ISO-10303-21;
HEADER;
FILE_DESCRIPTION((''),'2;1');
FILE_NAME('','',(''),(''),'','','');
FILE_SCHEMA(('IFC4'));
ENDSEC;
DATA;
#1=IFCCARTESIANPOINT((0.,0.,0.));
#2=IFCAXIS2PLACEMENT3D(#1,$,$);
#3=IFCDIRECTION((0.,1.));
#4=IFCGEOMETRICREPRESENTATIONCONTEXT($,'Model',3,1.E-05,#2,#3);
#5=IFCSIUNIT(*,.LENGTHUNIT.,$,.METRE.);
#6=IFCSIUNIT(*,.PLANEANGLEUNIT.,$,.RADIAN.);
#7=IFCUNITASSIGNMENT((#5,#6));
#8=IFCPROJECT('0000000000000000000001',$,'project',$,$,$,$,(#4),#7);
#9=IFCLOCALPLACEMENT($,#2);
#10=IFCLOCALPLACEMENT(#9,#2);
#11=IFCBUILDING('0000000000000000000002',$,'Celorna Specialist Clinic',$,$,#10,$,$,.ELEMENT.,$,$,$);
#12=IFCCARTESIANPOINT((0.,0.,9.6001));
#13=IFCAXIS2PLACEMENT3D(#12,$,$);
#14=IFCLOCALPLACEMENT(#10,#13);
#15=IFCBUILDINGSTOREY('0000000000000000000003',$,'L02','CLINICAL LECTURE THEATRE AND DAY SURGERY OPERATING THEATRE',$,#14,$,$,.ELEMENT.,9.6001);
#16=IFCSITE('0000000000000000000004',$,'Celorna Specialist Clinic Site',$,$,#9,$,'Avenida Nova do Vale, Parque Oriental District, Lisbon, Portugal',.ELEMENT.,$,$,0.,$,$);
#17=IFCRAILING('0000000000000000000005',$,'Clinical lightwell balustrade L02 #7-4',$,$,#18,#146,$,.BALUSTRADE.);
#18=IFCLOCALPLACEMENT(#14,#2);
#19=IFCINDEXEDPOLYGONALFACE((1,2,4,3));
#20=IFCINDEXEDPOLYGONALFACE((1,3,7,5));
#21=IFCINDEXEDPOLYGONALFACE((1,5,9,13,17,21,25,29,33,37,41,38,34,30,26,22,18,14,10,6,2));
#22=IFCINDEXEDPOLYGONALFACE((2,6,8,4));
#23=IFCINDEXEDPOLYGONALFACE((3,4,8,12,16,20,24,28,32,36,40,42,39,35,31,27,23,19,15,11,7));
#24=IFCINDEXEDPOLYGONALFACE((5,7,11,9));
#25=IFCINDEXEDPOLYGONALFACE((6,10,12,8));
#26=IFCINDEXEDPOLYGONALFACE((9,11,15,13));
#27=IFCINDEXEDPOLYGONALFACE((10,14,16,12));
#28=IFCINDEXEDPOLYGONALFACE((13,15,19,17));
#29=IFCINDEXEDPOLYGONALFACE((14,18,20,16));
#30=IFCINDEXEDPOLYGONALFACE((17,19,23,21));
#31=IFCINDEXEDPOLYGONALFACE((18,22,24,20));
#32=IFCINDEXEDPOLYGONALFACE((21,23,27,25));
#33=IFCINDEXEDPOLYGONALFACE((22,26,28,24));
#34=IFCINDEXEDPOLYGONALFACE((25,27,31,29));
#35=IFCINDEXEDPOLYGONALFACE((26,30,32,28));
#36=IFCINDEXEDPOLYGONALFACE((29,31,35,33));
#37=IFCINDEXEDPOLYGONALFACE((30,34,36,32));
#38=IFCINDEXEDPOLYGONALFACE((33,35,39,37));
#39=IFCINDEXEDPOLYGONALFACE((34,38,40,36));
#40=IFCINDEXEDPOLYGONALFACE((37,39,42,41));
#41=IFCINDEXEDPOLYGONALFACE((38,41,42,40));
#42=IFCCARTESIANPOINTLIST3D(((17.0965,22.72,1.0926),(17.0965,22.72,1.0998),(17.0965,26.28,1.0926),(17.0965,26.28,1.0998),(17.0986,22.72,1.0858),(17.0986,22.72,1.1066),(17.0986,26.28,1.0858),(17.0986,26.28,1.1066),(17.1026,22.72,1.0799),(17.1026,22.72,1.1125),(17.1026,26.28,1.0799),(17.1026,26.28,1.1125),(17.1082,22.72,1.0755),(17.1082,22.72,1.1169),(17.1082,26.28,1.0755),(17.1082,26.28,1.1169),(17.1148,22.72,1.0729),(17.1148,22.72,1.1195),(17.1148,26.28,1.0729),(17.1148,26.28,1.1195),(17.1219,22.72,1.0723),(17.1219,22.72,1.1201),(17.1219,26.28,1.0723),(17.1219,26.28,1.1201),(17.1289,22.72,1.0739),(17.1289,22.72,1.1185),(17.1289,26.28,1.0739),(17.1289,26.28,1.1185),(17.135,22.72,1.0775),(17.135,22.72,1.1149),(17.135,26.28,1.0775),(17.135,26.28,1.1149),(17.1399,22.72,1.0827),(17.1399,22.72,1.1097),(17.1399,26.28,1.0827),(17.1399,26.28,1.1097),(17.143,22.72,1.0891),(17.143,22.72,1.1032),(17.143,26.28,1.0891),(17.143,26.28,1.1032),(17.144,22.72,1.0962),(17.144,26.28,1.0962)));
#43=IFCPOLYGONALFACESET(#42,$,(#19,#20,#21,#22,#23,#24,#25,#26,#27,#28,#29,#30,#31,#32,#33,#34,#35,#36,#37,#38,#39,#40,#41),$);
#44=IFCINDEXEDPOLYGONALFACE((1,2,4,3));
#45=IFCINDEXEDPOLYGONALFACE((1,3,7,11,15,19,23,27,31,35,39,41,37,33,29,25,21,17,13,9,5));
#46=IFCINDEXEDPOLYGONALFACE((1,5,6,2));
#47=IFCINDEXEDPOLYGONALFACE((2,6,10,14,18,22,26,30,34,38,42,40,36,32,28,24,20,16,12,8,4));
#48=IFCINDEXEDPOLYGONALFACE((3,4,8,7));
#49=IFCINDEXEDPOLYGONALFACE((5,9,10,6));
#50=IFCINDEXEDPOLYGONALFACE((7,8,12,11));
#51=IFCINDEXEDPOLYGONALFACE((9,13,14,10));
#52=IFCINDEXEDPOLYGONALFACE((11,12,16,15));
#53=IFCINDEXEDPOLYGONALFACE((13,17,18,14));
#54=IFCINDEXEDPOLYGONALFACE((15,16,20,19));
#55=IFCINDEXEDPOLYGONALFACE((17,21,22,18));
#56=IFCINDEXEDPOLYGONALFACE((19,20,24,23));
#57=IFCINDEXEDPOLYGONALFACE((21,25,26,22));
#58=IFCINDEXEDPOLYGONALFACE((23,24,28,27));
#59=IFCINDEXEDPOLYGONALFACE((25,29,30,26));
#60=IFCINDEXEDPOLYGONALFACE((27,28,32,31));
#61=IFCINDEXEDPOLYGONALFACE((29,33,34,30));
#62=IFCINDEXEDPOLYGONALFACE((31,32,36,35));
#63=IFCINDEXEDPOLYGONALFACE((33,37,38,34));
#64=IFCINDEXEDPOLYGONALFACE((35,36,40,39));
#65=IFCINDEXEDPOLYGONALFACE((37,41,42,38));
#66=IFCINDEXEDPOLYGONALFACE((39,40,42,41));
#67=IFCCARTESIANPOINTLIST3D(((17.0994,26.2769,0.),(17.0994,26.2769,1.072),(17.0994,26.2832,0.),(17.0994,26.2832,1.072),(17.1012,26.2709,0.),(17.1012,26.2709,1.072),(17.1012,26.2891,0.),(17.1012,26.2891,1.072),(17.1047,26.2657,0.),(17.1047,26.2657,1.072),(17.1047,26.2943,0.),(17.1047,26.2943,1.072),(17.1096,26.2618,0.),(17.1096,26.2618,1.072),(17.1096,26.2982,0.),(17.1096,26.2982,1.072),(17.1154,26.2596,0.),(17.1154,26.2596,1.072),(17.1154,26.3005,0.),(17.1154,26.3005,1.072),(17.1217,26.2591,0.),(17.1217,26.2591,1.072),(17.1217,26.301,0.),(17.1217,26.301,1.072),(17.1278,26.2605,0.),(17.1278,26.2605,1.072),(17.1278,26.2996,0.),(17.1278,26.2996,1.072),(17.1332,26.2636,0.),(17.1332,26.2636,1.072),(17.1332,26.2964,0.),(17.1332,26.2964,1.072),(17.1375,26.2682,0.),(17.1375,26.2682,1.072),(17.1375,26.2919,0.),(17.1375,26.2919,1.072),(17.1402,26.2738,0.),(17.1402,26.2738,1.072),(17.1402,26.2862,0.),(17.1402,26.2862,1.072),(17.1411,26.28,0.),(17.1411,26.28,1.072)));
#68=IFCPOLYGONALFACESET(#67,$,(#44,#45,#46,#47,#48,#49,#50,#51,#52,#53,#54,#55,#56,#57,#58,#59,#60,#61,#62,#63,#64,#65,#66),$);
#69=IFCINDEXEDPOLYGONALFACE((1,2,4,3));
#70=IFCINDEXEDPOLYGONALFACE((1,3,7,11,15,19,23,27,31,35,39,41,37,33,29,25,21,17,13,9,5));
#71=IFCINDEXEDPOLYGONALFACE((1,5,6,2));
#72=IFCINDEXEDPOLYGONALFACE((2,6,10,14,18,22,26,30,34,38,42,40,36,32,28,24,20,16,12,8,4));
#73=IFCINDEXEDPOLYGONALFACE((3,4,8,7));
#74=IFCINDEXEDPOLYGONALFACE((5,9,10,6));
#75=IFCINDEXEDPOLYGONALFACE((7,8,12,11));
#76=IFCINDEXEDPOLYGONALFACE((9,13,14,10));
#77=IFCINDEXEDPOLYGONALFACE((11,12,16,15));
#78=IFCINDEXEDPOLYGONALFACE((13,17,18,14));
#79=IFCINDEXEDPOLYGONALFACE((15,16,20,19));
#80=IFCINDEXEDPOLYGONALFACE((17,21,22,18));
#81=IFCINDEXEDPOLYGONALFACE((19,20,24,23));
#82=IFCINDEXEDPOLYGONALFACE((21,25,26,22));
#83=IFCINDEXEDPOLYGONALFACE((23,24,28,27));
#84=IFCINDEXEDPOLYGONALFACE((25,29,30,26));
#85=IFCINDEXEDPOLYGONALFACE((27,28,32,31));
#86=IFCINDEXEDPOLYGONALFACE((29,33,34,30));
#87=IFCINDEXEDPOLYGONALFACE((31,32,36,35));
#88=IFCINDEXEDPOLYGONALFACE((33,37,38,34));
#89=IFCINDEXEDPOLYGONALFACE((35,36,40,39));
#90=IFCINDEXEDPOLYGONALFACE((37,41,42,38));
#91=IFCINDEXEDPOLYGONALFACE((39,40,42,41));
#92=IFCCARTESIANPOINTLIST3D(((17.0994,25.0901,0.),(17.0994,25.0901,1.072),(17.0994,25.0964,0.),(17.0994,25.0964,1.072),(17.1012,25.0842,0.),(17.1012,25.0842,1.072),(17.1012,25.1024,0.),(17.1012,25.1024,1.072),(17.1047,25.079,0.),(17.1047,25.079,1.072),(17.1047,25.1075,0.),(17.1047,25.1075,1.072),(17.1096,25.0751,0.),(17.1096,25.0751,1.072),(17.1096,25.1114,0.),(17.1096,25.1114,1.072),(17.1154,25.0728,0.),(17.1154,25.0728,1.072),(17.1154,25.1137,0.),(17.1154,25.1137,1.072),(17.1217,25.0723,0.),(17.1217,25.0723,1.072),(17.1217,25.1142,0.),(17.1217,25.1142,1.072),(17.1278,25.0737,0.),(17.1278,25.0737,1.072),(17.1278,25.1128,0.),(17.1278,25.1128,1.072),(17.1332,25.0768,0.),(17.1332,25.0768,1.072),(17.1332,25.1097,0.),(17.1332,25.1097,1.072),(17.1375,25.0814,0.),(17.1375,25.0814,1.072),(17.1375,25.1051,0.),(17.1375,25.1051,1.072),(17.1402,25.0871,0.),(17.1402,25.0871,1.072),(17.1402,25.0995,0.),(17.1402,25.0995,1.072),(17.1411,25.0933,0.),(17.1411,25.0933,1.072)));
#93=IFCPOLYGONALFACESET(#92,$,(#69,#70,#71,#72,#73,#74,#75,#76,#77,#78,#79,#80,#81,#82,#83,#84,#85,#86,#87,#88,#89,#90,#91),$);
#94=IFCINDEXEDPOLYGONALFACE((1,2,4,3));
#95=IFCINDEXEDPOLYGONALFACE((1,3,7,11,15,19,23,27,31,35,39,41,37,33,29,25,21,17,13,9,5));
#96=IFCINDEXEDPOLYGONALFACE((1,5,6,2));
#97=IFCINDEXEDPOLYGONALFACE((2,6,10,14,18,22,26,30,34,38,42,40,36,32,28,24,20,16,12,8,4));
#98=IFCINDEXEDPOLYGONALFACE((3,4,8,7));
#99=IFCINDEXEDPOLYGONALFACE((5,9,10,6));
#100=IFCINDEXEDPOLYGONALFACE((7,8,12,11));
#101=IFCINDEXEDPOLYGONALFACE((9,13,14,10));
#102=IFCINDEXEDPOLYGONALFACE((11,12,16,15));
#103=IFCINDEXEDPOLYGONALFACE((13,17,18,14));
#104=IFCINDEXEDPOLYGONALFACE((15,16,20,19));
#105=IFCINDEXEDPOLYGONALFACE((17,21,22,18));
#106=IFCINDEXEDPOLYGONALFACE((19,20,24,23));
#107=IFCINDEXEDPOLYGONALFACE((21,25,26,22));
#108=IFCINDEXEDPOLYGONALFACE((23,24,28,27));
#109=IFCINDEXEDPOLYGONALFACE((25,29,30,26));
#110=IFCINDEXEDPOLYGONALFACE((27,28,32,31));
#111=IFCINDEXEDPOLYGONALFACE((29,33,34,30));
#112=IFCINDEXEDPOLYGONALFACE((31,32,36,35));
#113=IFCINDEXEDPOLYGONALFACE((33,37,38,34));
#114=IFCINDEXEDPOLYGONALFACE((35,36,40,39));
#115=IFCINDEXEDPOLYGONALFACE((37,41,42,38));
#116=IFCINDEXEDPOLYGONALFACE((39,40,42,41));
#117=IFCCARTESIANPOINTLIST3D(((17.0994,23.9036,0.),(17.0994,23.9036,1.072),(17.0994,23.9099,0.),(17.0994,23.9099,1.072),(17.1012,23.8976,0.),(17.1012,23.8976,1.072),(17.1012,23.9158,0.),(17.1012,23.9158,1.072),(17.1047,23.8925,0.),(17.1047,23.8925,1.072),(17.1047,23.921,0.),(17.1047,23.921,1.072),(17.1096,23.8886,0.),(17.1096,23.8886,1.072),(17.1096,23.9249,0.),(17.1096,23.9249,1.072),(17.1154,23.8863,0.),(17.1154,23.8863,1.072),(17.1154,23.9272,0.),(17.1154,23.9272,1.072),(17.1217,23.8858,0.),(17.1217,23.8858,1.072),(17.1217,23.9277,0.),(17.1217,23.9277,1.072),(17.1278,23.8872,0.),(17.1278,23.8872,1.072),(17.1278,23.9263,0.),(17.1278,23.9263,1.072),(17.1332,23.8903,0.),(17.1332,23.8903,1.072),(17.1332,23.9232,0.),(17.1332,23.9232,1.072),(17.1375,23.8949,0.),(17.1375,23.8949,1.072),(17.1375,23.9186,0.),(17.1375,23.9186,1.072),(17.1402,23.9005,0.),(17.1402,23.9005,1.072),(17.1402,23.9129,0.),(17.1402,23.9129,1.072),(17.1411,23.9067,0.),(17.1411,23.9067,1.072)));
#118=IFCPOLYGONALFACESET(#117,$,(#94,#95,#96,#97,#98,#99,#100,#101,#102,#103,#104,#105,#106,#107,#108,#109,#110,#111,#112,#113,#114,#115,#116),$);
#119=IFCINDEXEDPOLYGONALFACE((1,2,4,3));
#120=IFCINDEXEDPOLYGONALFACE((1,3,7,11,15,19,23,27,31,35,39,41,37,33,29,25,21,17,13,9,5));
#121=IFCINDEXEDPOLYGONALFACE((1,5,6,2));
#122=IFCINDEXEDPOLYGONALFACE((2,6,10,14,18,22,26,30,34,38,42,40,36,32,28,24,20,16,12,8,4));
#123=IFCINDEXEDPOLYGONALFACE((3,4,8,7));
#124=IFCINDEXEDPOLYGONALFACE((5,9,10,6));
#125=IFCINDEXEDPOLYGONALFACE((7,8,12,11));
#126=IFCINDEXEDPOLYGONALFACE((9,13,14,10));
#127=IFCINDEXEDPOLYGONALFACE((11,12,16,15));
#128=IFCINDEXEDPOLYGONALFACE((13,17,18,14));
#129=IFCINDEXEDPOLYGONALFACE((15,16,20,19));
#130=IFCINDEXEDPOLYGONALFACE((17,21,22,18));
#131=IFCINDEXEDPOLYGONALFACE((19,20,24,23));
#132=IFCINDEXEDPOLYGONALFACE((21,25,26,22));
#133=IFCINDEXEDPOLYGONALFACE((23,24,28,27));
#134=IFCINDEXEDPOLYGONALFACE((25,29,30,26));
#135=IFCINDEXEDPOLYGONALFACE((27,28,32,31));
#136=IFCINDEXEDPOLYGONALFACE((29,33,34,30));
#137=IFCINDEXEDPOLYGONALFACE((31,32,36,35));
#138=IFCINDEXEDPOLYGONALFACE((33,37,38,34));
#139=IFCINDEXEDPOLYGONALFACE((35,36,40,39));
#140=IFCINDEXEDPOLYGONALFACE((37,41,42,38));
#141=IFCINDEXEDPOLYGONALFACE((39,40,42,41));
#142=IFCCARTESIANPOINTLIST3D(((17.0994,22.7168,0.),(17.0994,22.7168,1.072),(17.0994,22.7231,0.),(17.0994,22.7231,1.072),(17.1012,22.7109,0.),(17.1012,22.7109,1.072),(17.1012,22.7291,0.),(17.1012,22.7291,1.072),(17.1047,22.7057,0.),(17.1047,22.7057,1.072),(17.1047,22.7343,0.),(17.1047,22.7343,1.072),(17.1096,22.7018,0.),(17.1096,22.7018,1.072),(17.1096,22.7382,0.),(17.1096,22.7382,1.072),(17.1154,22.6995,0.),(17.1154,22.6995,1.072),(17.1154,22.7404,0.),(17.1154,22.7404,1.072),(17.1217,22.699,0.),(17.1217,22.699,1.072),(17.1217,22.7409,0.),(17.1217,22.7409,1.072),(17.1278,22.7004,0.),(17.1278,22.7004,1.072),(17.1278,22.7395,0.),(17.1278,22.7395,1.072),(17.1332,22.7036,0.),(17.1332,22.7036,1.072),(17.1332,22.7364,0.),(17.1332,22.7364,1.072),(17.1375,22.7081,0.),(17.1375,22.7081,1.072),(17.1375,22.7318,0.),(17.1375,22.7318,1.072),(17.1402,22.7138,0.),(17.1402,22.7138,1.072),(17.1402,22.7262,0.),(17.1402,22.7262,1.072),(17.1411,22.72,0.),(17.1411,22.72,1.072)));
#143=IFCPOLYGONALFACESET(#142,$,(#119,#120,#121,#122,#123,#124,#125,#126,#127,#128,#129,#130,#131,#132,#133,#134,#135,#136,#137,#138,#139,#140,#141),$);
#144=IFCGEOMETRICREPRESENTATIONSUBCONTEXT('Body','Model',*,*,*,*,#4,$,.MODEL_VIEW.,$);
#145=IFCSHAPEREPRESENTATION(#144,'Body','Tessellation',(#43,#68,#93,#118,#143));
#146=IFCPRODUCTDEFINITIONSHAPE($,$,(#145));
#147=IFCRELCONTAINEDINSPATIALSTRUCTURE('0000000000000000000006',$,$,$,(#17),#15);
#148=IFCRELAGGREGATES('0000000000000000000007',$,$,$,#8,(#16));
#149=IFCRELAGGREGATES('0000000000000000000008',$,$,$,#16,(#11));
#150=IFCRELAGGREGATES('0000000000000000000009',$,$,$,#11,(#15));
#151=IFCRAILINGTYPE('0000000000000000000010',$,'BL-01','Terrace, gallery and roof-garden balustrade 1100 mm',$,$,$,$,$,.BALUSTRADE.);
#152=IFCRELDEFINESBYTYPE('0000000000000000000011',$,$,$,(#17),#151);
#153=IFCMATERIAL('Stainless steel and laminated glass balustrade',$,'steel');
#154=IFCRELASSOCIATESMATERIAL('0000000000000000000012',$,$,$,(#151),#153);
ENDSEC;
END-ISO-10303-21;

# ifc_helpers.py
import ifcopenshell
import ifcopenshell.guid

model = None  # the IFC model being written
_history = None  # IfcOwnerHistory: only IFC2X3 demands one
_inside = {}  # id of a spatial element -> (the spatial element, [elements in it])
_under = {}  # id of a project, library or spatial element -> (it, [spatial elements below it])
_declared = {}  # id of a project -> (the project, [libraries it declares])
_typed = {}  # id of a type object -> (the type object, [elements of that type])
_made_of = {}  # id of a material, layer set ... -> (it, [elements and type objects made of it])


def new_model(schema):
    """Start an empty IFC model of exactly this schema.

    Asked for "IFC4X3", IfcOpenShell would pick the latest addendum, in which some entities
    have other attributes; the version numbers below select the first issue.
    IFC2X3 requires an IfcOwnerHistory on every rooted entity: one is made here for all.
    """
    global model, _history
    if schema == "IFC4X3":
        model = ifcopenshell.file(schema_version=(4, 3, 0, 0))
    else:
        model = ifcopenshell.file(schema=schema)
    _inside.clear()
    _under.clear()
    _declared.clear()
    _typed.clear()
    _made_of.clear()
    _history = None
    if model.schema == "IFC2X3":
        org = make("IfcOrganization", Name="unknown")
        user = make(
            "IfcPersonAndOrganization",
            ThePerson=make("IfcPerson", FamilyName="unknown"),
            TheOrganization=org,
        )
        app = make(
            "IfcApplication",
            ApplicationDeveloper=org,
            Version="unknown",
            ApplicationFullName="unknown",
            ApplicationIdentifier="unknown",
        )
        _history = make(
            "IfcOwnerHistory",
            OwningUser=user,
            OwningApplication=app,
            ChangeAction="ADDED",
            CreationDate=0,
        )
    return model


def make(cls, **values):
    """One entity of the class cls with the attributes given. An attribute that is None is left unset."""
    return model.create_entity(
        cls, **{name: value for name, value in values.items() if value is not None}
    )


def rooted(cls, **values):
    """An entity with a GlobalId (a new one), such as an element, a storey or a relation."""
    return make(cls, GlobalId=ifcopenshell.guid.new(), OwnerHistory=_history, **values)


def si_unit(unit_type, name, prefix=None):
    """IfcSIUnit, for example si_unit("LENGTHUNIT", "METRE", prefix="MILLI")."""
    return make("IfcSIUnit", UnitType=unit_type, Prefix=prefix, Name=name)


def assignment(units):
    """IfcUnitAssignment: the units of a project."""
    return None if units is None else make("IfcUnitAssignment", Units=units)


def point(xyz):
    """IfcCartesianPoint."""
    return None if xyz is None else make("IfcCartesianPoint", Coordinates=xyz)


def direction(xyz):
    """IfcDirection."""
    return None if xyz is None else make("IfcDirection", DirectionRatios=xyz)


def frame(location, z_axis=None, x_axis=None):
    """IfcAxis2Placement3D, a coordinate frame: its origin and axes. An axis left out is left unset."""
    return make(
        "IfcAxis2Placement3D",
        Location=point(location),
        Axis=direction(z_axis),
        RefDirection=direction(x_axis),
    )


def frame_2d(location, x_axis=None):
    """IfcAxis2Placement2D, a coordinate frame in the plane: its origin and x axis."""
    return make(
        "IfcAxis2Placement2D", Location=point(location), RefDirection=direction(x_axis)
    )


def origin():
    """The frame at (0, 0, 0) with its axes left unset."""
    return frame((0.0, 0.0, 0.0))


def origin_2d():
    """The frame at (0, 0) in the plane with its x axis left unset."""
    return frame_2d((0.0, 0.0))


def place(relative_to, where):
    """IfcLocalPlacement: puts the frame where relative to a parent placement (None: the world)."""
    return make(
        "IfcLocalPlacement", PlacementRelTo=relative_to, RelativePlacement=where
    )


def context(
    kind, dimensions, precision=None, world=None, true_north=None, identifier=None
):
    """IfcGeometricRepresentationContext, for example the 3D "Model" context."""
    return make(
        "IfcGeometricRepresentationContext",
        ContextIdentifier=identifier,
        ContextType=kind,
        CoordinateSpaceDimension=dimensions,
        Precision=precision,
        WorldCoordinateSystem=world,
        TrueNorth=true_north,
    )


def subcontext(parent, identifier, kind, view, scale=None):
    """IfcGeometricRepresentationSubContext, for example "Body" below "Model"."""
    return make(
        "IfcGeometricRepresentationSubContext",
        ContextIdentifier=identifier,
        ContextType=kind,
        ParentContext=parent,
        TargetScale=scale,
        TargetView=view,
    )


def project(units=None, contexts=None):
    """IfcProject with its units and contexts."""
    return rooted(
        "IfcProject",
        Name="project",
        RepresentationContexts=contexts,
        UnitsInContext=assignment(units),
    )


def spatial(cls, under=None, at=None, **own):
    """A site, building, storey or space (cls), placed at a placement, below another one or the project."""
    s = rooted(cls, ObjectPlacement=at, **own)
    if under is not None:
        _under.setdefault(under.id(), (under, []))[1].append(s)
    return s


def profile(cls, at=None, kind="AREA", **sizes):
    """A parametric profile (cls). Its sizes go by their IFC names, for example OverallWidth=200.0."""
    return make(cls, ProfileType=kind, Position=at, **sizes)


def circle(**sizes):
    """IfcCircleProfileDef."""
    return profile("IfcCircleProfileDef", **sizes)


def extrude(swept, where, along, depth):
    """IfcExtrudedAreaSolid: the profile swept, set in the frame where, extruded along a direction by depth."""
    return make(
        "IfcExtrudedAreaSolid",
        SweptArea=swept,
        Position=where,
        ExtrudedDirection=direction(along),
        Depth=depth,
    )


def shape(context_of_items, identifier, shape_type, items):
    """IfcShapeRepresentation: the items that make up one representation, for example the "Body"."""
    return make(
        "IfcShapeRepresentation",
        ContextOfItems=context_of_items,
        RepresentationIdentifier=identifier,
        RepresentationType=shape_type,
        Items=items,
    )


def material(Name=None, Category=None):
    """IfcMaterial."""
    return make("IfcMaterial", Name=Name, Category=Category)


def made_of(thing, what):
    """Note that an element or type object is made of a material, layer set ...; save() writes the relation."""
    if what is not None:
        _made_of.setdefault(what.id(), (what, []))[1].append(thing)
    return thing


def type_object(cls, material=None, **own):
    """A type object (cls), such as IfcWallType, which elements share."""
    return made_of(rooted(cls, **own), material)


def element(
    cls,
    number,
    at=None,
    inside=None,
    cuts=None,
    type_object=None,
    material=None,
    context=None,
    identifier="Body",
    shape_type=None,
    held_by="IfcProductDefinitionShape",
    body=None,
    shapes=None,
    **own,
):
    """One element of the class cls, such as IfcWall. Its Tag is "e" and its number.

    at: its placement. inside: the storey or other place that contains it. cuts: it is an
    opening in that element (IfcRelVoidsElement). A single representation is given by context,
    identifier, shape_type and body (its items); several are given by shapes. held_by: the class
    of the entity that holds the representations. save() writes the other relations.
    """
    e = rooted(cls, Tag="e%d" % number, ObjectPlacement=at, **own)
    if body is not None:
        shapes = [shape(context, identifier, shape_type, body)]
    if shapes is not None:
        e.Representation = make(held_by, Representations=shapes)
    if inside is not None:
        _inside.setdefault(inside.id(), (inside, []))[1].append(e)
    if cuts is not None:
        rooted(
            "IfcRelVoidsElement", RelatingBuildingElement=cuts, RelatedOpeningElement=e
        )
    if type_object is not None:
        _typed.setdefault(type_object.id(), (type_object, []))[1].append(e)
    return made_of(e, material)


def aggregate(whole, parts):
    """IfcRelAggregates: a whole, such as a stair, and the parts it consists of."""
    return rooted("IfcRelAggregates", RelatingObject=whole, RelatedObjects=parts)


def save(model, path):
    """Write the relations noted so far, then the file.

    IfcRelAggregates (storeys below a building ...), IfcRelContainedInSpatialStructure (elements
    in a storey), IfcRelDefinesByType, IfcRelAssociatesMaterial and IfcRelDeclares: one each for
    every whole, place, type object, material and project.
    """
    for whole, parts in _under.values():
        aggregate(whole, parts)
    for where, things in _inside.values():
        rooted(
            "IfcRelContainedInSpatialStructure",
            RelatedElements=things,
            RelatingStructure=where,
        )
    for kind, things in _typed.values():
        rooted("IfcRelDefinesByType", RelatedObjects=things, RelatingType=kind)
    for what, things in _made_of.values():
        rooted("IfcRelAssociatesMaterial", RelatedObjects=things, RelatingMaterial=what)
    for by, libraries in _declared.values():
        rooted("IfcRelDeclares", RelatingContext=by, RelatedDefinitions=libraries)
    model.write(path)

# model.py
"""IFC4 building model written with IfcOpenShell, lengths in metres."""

from ifc_helpers import new_model, si_unit, direction, frame, origin, origin_2d, place, context, subcontext, project, spatial, circle, extrude, material, type_object, element, save


model = new_model("IFC4")

# Units and contexts
model_context = context("Model", 3, precision=1e-05, world=origin(), true_north=direction((0.0, 1.0)))
body_context = subcontext(model_context, "Body", "Model", "MODEL_VIEW")
ifc_project = project(units=[si_unit("LENGTHUNIT", "METRE"), si_unit("PLANEANGLEUNIT", "RADIAN")], contexts=[model_context])

# Site, building, storey
site_placement = place(None, origin())
site = spatial("IfcSite", under=ifc_project, at=site_placement, Name="Celorna Specialist Clinic Site", LongName="Avenida Nova do Vale, Parque Oriental District, Lisbon, Portugal", CompositionType="ELEMENT", RefElevation=0.0)
building_placement = place(site_placement, origin())
building = spatial("IfcBuilding", under=site, at=building_placement, Name="Celorna Specialist Clinic", CompositionType="ELEMENT")
storey_placement = place(building_placement, frame((0.0, 0.0, 9.6001)))
storey = spatial("IfcBuildingStorey", under=building, at=storey_placement, Name="L02", Description="CLINICAL LECTURE THEATRE AND DAY SURGERY OPERATING THEATRE", CompositionType="ELEMENT", Elevation=9.6001)

# Railing
ifc_material_1 = material(Name="Stainless steel and laminated glass balustrade", Category="steel")
railing_type = type_object("IfcRailingType", Name="BL-01", Description="Terrace, gallery and roof-garden balustrade 1100 mm", PredefinedType="BALUSTRADE", material=ifc_material_1)
railing_1_placement = place(storey_placement, frame((17.1201, 26.28, 0.0)))
element("IfcRailing", 1, at=railing_1_placement, inside=storey, type_object=railing_type, Name="Clinical lightwell balustrade L02 #7-4", PredefinedType="BALUSTRADE", context=body_context, shape_type="SweptSolid", body=[
    extrude(circle(Radius=0.0239, at=origin_2d()), frame((0.0, 0.0, 1.0962), z_axis=(0.0, -1.0, 0.0), x_axis=(1.0, 0.0, 0.0)), (0.0, 0.0, 1.0), 3.5601),
    extrude(circle(Radius=0.021, at=origin_2d()), origin(), (0.0, 0.0, 1.0), 1.072),
    extrude(circle(Radius=0.021, at=origin_2d()), frame((0.0, -1.1868, 0.0)), (0.0, 0.0, 1.0), 1.072),
    extrude(circle(Radius=0.021, at=origin_2d()), frame((0.0, -2.3733, 0.0)), (0.0, 0.0, 1.0), 1.072),
    extrude(circle(Radius=0.021, at=origin_2d()), frame((0.0, -3.5601, 0.0)), (0.0, 0.0, 1.0), 1.072),
])

save(model, "model.ifc")
